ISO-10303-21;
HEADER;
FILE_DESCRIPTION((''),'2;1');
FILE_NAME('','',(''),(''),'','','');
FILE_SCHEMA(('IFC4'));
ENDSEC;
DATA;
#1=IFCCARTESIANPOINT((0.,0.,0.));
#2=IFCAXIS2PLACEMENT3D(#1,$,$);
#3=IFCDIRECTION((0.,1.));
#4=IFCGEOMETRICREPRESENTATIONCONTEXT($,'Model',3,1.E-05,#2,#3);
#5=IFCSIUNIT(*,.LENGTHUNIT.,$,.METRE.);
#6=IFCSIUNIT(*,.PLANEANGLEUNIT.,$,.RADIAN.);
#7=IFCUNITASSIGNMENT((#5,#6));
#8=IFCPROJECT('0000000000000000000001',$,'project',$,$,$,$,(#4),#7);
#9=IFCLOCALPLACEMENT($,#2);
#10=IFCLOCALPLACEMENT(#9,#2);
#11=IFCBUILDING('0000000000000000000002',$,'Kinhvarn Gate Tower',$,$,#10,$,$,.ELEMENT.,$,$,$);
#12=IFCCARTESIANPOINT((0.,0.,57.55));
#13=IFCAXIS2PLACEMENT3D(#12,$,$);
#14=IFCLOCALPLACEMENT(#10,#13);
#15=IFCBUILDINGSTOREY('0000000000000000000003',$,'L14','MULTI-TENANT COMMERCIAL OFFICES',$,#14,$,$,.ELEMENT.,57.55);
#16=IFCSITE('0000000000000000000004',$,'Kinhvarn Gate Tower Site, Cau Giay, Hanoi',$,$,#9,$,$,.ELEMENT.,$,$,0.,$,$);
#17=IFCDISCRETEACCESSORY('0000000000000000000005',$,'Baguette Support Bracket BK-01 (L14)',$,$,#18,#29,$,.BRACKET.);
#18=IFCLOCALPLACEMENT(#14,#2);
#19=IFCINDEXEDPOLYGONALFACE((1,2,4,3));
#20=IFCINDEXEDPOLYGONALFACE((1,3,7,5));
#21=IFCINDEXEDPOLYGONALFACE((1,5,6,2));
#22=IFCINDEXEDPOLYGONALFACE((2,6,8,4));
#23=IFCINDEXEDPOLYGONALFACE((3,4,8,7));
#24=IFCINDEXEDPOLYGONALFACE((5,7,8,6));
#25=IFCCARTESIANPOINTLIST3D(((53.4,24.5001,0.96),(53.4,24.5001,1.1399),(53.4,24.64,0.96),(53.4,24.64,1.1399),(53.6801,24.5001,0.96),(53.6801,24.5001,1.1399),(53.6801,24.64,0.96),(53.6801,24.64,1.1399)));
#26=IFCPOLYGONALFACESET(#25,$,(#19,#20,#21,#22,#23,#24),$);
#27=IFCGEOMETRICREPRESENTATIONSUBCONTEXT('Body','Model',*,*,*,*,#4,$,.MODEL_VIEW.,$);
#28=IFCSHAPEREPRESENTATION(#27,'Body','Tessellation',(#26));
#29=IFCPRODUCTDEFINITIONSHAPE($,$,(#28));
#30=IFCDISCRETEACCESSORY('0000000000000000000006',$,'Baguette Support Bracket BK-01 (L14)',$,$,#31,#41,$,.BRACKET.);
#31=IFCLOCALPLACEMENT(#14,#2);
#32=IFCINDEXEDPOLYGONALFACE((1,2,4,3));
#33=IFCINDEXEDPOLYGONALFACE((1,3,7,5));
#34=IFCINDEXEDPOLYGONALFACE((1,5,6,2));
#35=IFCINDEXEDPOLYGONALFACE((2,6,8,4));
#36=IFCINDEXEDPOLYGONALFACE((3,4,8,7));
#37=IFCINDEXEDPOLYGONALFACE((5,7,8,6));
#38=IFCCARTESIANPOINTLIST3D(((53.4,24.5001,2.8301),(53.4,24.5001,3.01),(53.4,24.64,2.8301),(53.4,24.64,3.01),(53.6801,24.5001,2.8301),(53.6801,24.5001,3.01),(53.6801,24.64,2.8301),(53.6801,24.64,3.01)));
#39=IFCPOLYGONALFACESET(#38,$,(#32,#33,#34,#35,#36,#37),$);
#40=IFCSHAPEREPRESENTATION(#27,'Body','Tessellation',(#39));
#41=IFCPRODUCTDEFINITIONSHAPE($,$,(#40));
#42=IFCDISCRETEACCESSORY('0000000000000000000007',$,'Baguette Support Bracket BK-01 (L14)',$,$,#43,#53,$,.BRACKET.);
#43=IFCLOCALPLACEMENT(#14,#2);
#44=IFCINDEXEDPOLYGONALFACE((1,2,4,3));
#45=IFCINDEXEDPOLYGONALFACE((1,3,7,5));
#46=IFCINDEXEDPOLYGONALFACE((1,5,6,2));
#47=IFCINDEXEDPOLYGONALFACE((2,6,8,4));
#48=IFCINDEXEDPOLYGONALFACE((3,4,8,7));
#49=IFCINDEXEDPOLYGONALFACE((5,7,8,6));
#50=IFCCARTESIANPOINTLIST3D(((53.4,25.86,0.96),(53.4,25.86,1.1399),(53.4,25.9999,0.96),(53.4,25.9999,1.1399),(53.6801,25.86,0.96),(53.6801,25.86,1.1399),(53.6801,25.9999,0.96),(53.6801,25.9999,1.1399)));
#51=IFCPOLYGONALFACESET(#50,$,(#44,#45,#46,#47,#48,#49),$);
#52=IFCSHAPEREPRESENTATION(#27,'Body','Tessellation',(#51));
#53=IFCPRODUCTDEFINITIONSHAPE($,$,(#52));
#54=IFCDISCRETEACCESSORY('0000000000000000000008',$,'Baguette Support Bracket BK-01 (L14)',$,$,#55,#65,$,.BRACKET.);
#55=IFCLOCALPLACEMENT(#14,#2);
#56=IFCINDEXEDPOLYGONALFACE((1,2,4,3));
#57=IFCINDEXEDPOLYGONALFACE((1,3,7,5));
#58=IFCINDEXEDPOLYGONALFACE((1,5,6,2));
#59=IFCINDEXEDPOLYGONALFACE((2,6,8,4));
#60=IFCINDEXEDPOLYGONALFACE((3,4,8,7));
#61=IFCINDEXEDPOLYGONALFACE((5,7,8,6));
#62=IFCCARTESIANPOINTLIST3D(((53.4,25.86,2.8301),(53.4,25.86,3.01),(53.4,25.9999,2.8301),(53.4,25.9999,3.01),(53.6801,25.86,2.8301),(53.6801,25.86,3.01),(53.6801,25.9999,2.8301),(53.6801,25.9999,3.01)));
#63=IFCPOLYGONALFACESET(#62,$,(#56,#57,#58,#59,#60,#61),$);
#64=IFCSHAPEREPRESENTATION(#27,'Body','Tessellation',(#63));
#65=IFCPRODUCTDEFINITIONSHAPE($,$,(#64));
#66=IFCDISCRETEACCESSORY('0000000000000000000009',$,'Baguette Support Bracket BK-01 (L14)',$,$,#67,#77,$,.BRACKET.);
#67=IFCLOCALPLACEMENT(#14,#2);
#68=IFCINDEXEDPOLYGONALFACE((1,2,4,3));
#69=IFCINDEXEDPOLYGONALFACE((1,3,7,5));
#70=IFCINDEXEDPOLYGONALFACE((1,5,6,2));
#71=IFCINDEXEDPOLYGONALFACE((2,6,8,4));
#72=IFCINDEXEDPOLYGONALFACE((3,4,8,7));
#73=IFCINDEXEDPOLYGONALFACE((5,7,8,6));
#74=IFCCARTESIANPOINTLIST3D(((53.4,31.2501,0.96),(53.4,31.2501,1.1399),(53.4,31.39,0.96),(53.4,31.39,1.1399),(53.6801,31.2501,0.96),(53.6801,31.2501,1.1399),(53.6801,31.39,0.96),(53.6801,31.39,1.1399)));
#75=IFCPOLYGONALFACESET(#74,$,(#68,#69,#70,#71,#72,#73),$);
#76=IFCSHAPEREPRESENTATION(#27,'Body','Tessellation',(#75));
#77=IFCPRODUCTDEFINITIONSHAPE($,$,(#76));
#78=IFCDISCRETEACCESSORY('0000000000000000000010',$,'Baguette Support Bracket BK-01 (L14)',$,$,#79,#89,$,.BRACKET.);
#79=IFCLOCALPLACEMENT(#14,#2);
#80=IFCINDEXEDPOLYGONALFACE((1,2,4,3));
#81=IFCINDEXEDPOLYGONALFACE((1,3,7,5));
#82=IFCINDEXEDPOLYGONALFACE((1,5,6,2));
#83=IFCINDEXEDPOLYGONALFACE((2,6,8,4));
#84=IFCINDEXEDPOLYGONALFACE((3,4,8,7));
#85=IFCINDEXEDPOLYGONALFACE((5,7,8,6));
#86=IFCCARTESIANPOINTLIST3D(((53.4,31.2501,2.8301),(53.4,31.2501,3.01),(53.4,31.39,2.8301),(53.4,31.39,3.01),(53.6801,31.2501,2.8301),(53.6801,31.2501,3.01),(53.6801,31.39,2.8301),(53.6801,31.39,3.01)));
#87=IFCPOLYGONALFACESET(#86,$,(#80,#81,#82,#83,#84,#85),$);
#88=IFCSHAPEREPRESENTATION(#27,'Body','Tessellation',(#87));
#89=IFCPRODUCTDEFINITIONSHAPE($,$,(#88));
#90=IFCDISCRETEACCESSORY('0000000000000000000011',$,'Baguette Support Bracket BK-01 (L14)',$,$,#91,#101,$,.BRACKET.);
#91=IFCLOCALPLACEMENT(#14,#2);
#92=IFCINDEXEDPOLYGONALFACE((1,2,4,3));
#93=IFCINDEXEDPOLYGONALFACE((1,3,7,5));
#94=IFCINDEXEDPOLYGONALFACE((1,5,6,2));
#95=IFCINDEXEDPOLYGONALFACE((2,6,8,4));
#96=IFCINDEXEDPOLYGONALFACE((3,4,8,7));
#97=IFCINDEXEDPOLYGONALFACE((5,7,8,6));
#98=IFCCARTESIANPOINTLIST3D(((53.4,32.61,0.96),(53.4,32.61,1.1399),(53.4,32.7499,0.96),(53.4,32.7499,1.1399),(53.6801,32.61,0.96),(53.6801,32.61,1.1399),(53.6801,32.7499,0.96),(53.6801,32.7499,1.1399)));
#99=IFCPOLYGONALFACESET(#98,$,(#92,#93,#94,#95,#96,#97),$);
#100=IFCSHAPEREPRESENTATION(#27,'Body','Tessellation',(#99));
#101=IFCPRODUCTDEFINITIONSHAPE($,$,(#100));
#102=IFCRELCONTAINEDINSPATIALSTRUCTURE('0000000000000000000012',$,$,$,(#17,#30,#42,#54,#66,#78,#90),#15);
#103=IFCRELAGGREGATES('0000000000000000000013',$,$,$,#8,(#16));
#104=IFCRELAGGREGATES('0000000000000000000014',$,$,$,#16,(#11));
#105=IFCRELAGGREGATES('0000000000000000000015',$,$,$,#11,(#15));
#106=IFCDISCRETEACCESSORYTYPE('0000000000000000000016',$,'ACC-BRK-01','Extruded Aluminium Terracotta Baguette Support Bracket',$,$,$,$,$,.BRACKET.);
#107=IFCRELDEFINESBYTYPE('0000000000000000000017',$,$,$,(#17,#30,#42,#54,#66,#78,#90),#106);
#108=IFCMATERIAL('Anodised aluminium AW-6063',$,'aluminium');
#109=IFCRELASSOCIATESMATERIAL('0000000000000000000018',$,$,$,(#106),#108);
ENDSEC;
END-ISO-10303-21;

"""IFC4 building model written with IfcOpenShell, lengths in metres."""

from ifc_helpers import new_model, si_unit, direction, frame, origin, origin_2d, place, context, subcontext, project, spatial, rectangle, extrude, material, type_object, element, save


model = new_model("IFC4")

# Units and contexts
model_context = context("Model", 3, precision=1e-05, world=origin(), true_north=direction((0.0, 1.0)))
body_context = subcontext(model_context, "Body", "Model", "MODEL_VIEW")
ifc_project = project(units=[si_unit("LENGTHUNIT", "METRE"), si_unit("PLANEANGLEUNIT", "RADIAN")], contexts=[model_context])

# Site, building, storey
site_placement = place(None, origin())
site = spatial("IfcSite", under=ifc_project, at=site_placement, Name="Kinhvarn Gate Tower Site, Cau Giay, Hanoi", CompositionType="ELEMENT", RefElevation=0.0)
building_placement = place(site_placement, origin())
building = spatial("IfcBuilding", under=site, at=building_placement, Name="Kinhvarn Gate Tower", CompositionType="ELEMENT")
storey_placement = place(building_placement, frame((0.0, 0.0, 57.55)))
storey = spatial("IfcBuildingStorey", under=building, at=storey_placement, Name="L14", Description="MULTI-TENANT COMMERCIAL OFFICES", CompositionType="ELEMENT", Elevation=57.55)

# Shared definitions
ifc_material_1 = material(Name="Anodised aluminium AW-6063", Category="aluminium")

# Discrete accessories
discrete_accessory_type = type_object("IfcDiscreteAccessoryType", Name="ACC-BRK-01", Description="Extruded Aluminium Terracotta Baguette Support Bracket", PredefinedType="BRACKET", material=ifc_material_1)
for number, where, z_axis, x_axis, name in (
    (1, (53.54, 24.5701, 0.96), (0.0, 0.0, 1.0), (0.0, 1.0, 0.0), "Baguette Support Bracket BK-01 (L14)"),
    (2, (53.54, 24.5701, 2.8301), (0.0, 0.0, 1.0), (0.0, 1.0, 0.0), "Baguette Support Bracket BK-01 (L14)"),
    (3, (53.54, 25.9299, 0.96), (0.0, 0.0, 1.0), (0.0, 1.0, 0.0), "Baguette Support Bracket BK-01 (L14)"),
    (4, (53.54, 25.9299, 2.8301), (0.0, 0.0, 1.0), (0.0, 1.0, 0.0), "Baguette Support Bracket BK-01 (L14)"),
    (5, (53.54, 31.3201, 0.96), (0.0, 0.0, 1.0), (0.0, 1.0, 0.0), "Baguette Support Bracket BK-01 (L14)"),
    (6, (53.54, 31.3201, 2.8301), (0.0, 0.0, 1.0), (0.0, 1.0, 0.0), "Baguette Support Bracket BK-01 (L14)"),
    (7, (53.54, 32.6799, 0.96), (0.0, 0.0, 1.0), (0.0, 1.0, 0.0), "Baguette Support Bracket BK-01 (L14)"),
):
    element("IfcDiscreteAccessory", number, at=place(storey_placement, frame(where, z_axis=z_axis, x_axis=x_axis)), inside=storey, type_object=discrete_accessory_type, Name=name, PredefinedType="BRACKET", context=body_context, shape_type="SweptSolid", body=[
        extrude(rectangle(XDim=0.1399, YDim=0.28, at=origin_2d()), origin(), (0.0, 0.0, 1.0), 0.1799),
    ])

save(model, "model.ifc")
